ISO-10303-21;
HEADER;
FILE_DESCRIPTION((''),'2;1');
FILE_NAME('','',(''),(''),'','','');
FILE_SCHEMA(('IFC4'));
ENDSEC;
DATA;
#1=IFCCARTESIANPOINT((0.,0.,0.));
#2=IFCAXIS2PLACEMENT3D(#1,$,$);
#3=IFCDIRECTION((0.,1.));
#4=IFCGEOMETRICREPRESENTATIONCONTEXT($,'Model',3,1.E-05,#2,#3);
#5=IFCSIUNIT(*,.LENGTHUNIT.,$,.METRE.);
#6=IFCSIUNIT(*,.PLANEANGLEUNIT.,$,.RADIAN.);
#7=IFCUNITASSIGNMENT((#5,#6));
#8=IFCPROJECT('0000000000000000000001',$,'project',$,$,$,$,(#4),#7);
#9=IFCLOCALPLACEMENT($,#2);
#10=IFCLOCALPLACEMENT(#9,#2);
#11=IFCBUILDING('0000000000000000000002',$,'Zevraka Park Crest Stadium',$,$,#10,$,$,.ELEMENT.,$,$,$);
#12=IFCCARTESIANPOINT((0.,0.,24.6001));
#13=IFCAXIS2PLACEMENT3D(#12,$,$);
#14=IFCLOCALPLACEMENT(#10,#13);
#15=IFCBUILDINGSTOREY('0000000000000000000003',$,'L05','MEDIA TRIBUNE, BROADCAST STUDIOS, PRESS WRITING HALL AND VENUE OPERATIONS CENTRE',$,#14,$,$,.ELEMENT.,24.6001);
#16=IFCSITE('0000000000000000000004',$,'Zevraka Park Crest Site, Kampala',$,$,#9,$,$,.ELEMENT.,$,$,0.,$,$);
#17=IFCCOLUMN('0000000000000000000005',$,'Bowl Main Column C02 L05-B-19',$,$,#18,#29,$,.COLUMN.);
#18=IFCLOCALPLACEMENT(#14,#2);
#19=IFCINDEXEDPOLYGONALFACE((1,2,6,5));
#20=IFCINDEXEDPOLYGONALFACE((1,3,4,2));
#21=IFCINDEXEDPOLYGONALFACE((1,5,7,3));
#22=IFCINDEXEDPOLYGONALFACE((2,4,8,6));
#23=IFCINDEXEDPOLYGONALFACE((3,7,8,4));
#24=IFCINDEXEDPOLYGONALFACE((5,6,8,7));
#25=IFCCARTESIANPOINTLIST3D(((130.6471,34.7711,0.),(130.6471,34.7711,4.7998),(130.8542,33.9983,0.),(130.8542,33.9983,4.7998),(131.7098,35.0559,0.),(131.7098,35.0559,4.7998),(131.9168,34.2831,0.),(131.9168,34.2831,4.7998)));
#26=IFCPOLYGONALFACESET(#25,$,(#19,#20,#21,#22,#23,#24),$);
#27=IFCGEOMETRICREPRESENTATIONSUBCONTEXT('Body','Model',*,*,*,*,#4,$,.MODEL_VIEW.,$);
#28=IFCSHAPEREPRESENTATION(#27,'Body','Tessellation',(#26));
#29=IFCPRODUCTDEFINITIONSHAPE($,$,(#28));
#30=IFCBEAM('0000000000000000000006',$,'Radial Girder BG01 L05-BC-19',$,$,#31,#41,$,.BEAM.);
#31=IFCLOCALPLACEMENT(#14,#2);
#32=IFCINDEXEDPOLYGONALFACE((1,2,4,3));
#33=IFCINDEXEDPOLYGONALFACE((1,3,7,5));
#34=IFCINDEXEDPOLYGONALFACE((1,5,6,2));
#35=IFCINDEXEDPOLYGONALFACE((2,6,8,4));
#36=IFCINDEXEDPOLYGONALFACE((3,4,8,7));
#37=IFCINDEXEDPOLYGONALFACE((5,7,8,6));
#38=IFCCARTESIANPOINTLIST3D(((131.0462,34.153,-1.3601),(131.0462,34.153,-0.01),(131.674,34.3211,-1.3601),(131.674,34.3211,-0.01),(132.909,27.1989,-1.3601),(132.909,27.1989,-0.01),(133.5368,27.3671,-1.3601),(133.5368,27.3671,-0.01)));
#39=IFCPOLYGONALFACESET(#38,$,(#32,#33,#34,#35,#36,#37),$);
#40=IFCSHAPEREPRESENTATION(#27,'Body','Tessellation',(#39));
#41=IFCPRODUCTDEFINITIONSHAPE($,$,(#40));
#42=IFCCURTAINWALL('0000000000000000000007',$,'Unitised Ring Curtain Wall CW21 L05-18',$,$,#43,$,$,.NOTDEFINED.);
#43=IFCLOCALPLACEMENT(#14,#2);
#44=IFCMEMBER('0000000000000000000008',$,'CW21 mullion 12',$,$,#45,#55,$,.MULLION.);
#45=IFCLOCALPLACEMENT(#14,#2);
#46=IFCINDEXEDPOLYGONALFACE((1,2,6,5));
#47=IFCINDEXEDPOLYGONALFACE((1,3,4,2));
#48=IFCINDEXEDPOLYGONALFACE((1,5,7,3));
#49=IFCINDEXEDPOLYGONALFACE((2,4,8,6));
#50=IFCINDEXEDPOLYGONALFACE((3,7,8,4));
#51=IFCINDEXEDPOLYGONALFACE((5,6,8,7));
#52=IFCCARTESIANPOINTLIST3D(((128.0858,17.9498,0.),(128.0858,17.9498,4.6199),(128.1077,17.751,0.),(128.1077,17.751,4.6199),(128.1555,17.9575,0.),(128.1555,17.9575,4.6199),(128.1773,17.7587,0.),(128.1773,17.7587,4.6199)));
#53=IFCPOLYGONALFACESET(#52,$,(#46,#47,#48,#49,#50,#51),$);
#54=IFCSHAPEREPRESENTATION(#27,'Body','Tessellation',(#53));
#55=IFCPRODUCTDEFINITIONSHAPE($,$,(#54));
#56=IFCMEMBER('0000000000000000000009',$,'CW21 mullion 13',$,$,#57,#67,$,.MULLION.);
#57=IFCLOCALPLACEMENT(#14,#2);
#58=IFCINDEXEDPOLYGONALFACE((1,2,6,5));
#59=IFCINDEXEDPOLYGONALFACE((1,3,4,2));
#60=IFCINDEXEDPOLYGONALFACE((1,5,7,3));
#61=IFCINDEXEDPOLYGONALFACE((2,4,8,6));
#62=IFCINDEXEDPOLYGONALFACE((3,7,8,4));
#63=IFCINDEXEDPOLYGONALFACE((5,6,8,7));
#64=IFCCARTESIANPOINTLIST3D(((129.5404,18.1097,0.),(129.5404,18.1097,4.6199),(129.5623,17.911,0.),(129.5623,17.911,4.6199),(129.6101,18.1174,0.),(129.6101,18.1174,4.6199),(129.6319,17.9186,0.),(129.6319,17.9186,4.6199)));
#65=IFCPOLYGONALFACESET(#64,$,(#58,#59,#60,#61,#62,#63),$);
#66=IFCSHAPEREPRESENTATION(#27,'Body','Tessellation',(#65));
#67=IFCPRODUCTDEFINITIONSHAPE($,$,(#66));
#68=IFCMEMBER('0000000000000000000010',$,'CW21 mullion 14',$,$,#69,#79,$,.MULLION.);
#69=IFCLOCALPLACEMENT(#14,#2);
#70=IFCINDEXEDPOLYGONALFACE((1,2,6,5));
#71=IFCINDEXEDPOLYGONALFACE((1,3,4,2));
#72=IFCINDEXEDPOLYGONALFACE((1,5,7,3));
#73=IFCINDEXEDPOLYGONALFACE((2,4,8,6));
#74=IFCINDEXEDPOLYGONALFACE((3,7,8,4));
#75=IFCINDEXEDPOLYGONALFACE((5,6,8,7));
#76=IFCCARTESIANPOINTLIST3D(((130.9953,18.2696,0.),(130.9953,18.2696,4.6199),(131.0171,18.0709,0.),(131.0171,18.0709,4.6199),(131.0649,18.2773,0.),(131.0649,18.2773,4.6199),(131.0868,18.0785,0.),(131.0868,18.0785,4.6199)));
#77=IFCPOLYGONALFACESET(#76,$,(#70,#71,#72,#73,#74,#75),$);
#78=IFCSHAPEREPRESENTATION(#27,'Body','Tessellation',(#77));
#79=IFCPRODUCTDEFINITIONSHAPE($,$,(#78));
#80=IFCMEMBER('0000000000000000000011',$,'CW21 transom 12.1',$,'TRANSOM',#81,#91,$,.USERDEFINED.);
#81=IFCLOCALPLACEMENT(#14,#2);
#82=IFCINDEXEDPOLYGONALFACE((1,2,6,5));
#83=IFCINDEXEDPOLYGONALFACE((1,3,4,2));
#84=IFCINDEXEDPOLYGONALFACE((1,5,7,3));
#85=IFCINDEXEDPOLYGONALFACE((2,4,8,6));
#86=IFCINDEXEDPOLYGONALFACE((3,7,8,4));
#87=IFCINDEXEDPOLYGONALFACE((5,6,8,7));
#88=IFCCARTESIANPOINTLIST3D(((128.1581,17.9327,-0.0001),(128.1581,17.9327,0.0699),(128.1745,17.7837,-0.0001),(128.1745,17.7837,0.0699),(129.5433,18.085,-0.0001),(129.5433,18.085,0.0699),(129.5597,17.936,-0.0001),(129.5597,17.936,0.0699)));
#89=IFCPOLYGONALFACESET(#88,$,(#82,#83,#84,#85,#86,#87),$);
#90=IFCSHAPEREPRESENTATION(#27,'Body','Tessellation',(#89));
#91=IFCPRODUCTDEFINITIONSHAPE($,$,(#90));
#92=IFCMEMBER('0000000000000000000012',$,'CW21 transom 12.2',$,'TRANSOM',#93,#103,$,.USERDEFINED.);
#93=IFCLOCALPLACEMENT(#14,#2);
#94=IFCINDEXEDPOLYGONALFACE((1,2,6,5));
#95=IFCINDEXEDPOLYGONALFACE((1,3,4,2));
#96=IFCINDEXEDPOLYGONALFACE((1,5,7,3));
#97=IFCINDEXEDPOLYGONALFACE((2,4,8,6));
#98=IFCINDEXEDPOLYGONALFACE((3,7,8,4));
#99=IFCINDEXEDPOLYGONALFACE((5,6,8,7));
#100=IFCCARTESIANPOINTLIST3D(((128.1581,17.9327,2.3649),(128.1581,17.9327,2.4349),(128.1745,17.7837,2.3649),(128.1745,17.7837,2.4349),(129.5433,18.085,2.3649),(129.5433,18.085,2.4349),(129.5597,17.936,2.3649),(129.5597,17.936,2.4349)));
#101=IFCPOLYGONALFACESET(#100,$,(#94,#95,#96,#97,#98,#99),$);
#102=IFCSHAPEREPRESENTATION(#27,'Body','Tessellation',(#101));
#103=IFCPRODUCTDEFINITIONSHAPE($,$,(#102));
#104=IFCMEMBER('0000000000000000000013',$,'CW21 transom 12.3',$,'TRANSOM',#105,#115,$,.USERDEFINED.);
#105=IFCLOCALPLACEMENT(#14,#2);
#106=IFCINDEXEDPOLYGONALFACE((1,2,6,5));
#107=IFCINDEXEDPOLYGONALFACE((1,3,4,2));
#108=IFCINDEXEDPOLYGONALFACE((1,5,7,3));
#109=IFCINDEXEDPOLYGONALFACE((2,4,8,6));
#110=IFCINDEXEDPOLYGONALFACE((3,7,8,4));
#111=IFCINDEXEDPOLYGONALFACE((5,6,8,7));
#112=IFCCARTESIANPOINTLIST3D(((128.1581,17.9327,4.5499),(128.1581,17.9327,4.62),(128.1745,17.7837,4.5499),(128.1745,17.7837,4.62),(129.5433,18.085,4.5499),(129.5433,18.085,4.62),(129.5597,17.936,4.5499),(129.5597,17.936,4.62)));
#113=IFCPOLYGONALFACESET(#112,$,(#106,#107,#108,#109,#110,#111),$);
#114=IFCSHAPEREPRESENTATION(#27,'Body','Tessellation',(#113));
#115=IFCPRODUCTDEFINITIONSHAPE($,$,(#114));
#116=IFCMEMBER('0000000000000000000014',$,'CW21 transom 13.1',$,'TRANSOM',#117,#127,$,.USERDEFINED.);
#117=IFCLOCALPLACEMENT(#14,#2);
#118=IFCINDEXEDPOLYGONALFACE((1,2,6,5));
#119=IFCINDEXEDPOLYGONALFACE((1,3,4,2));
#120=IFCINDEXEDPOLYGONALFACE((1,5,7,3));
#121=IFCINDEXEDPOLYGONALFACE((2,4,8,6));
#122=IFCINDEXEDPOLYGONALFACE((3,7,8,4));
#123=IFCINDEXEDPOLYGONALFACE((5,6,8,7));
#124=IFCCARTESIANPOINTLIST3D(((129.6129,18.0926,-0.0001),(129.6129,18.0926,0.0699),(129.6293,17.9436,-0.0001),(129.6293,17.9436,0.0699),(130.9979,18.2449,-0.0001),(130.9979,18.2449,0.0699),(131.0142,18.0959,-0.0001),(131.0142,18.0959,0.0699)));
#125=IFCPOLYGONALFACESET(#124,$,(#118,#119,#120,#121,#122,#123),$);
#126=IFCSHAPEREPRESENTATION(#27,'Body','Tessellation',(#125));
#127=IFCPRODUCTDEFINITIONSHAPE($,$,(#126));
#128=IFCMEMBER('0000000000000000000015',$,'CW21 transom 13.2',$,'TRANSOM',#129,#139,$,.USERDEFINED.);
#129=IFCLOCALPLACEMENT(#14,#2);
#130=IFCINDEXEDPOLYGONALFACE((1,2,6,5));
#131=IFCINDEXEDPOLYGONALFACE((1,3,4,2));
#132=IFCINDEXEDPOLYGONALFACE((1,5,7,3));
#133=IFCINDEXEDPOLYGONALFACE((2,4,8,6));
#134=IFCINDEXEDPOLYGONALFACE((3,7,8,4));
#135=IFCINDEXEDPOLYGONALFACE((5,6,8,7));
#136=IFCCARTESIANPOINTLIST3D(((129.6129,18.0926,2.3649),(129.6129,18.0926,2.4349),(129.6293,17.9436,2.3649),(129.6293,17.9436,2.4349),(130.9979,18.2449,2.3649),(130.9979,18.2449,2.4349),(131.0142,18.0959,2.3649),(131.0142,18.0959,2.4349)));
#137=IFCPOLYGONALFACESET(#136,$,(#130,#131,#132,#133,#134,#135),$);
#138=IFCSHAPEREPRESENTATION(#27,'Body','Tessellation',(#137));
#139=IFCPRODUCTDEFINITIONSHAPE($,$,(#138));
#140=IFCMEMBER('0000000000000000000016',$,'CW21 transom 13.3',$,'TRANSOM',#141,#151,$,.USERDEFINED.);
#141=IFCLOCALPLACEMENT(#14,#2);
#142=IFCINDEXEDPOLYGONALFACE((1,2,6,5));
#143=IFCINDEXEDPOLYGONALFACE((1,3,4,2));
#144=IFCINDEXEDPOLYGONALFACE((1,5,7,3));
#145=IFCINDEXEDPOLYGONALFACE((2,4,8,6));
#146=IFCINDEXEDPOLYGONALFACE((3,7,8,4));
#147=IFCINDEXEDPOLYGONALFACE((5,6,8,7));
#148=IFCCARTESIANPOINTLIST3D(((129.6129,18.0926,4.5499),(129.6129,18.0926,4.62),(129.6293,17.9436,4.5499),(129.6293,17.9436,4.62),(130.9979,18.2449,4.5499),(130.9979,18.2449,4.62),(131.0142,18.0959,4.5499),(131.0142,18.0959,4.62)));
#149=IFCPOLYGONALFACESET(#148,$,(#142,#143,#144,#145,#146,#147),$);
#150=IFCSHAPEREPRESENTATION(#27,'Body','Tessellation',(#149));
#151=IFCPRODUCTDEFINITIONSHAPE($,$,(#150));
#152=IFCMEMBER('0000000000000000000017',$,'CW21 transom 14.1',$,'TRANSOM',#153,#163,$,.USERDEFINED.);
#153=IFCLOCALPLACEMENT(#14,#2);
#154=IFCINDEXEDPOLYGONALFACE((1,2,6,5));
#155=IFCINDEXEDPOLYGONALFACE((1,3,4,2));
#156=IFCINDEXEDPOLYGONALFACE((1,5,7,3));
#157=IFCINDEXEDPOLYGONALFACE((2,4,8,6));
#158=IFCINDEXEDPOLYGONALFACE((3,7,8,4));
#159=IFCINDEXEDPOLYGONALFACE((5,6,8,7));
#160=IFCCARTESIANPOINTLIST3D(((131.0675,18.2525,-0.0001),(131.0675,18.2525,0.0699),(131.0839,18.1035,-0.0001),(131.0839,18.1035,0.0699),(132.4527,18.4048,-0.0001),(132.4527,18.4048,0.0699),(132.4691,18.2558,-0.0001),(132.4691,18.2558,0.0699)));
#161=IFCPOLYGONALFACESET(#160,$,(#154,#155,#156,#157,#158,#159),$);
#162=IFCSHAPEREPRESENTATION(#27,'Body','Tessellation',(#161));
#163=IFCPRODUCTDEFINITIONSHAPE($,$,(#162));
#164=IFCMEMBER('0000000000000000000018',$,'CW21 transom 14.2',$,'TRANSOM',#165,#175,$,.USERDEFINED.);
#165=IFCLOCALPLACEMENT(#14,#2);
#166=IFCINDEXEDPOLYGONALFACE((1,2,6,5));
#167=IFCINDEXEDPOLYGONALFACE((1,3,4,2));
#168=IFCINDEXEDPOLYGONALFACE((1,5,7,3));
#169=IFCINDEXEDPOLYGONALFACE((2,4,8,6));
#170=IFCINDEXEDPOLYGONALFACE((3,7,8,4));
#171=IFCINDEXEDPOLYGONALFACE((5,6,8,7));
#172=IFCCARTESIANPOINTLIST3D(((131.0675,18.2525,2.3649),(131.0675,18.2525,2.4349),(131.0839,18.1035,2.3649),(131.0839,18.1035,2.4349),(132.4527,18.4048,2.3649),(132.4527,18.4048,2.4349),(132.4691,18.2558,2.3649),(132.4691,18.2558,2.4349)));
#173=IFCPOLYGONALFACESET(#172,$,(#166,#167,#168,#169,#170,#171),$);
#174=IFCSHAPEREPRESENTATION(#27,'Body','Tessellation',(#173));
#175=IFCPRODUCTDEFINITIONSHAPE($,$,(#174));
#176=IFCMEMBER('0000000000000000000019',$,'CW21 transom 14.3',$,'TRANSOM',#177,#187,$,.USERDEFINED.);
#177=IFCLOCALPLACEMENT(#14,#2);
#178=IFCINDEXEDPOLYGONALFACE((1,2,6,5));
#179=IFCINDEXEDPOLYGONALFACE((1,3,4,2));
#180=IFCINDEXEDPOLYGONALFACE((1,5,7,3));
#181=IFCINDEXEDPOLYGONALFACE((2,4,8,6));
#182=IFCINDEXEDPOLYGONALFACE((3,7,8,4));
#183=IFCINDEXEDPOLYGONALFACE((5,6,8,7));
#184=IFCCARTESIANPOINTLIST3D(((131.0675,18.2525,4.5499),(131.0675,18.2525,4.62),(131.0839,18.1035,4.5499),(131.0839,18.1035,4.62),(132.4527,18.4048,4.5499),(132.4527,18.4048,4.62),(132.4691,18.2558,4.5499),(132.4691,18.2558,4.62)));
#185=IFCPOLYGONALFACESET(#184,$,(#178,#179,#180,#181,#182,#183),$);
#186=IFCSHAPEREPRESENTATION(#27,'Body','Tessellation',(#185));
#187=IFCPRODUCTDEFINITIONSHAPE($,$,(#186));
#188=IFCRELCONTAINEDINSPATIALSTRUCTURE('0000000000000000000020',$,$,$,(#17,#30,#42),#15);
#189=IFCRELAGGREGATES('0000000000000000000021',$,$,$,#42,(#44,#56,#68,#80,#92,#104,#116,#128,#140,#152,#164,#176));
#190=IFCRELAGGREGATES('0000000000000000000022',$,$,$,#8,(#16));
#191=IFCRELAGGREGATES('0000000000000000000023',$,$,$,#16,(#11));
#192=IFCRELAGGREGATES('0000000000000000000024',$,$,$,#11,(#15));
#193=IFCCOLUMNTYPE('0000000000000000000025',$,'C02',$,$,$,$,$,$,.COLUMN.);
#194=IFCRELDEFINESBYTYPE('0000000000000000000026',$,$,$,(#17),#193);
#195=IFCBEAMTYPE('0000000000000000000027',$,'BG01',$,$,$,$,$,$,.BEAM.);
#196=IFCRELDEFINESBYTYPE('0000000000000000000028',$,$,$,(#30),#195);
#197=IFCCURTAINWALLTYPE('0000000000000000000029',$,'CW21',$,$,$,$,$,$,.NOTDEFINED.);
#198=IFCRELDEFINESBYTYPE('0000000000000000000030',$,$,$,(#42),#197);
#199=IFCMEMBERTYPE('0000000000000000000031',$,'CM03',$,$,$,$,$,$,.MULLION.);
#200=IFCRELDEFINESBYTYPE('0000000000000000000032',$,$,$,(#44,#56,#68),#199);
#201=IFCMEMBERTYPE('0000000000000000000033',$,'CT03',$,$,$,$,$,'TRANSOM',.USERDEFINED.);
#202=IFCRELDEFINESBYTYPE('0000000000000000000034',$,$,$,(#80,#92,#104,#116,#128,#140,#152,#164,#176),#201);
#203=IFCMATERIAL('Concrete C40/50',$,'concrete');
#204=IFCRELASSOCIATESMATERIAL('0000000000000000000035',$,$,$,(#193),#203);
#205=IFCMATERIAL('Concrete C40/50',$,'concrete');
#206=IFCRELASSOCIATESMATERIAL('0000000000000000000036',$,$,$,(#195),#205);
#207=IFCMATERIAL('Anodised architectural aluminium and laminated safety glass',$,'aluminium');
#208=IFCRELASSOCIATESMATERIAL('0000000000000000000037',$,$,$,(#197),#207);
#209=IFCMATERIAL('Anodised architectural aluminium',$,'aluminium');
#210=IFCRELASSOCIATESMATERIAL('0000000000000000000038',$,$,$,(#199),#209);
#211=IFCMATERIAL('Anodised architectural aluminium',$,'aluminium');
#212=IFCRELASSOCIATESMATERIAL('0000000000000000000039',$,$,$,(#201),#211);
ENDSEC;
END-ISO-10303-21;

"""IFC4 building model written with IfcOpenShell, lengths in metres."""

from ifc_helpers import new_model, si_unit, direction, frame, origin, origin_2d, place, context, subcontext, project, spatial, rectangle, extrude, material, material_profile, profile_set, type_object, element, aggregate, save


model = new_model("IFC4")

# Units and contexts
model_context = context("Model", 3, precision=1e-05, world=origin(), true_north=direction((0.0, 1.0)))
body_context = subcontext(model_context, "Body", "Model", "MODEL_VIEW")
ifc_project = project(units=[si_unit("LENGTHUNIT", "METRE"), si_unit("PLANEANGLEUNIT", "RADIAN")], contexts=[model_context])

# Site, building, storey
site_placement = place(None, origin())
site = spatial("IfcSite", under=ifc_project, at=site_placement, Name="Zevraka Park Crest Site, Kampala", CompositionType="ELEMENT", RefElevation=0.0)
building_placement = place(site_placement, origin())
building = spatial("IfcBuilding", under=site, at=building_placement, Name="Zevraka Park Crest Stadium", CompositionType="ELEMENT")
storey_placement = place(building_placement, frame((0.0, 0.0, 24.6001)))
storey = spatial("IfcBuildingStorey", under=building, at=storey_placement, Name="L05", Description="MEDIA TRIBUNE, BROADCAST STUDIOS, PRESS WRITING HALL AND VENUE OPERATIONS CENTRE", CompositionType="ELEMENT", Elevation=24.6001)

# Column
ifc_material_1 = material(Name="Concrete C40/50", Category="concrete")
ifc_material_profile_1 = material_profile(ifc_material_1, rectangle(XDim=0.8, YDim=1.1001, at=origin_2d()), Name="RC 1100x800")
ifc_profile_set_1 = profile_set([ifc_material_profile_1], Name="Concrete C40/50")
column_type = type_object("IfcColumnType", Name="C02", PredefinedType="COLUMN", material=ifc_profile_set_1)
column_placement = place(storey_placement, frame((131.282, 34.5271, 0.0), z_axis=(0.0, 0.0, 1.0), x_axis=(-0.258819, 0.965926, 0.0)))
element("IfcColumn", 1, at=column_placement, inside=storey, type_object=column_type, Name="Bowl Main Column C02 L05-B-19", PredefinedType="COLUMN", context=body_context, shape_type="SweptSolid", body=[
    extrude(rectangle(XDim=0.8, YDim=1.1001, at=origin_2d()), origin(), (0.0, 0.0, 1.0), 4.7998),
])

# Beam
ifc_material_2 = material(Name="Concrete C40/50", Category="concrete")
ifc_material_profile_2 = material_profile(ifc_material_2, rectangle(XDim=0.6499, YDim=1.3501, at=origin_2d()), Name="RC 1350x650")
ifc_profile_set_2 = profile_set([ifc_material_profile_2], Name="Concrete C40/50")
beam_type_1 = type_object("IfcBeamType", Name="BG01", PredefinedType="BEAM", material=ifc_profile_set_2)
beam_1_placement = place(storey_placement, frame((131.3601, 34.2371, -0.6851), z_axis=(0.258747, -0.965945, 0.0), x_axis=(0.965945, 0.258747, 0.0)))
element("IfcBeam", 2, at=beam_1_placement, inside=storey, type_object=beam_type_1, Name="Radial Girder BG01 L05-BC-19", PredefinedType="BEAM", context=body_context, shape_type="SweptSolid", body=[
    extrude(rectangle(XDim=0.6499, YDim=1.3501, at=origin_2d()), origin(), (0.0, 0.0, 1.0), 7.1992),
])

# Curtain wall, members
ifc_material_3 = material(Name="Anodised architectural aluminium and laminated safety glass", Category="aluminium")
curtain_wall_type = type_object("IfcCurtainWallType", Name="CW21", PredefinedType="NOTDEFINED", material=ifc_material_3)
curtain_wall_placement = place(storey_placement, origin())
curtain_wall = element("IfcCurtainWall", 3, at=curtain_wall_placement, inside=storey, type_object=curtain_wall_type, Name="Unitised Ring Curtain Wall CW21 L05-18", PredefinedType="NOTDEFINED")
ifc_material_4 = material(Name="Anodised architectural aluminium", Category="aluminium")
ifc_material_profile_3 = material_profile(ifc_material_4, rectangle(XDim=0.2, YDim=0.0701, at=origin_2d()), Name="ALU MULLION 200x70")
ifc_profile_set_3 = profile_set([ifc_material_profile_3], Name="Anodised architectural aluminium")
member_type_1 = type_object("IfcMemberType", Name="CM03", PredefinedType="MULLION", material=ifc_profile_set_3)
member_1_placement = place(storey_placement, frame((128.1316, 17.8542, 0.0), z_axis=(0.0, 0.0, 1.0), x_axis=(-0.109288, 0.99401, 0.0)))
member_1 = element("IfcMember", 4, at=member_1_placement, type_object=member_type_1, Name="CW21 mullion 12", PredefinedType="MULLION", context=body_context, shape_type="SweptSolid", body=[
    extrude(rectangle(XDim=0.2, YDim=0.0701, at=origin_2d()), origin(), (0.0, 0.0, 1.0), 4.6199),
])
member_2_placement = place(storey_placement, frame((129.5862, 18.0142, 0.0), z_axis=(0.0, 0.0, 1.0), x_axis=(-0.109288, 0.99401, 0.0)))
member_2 = element("IfcMember", 5, at=member_2_placement, type_object=member_type_1, Name="CW21 mullion 13", PredefinedType="MULLION", context=body_context, shape_type="SweptSolid", body=[
    extrude(rectangle(XDim=0.2, YDim=0.0701, at=origin_2d()), origin(), (0.0, 0.0, 1.0), 4.6199),
])
member_3_placement = place(storey_placement, frame((131.041, 18.1741, 0.0), z_axis=(0.0, 0.0, 1.0), x_axis=(-0.109288, 0.99401, 0.0)))
member_3 = element("IfcMember", 6, at=member_3_placement, type_object=member_type_1, Name="CW21 mullion 14", PredefinedType="MULLION", context=body_context, shape_type="SweptSolid", body=[
    extrude(rectangle(XDim=0.2, YDim=0.0701, at=origin_2d()), origin(), (0.0, 0.0, 1.0), 4.6199),
])
ifc_material_5 = material(Name="Anodised architectural aluminium", Category="aluminium")
ifc_material_profile_4 = material_profile(ifc_material_5, rectangle(XDim=0.1499, YDim=0.0701, at=origin_2d()), Name="ALU TRANSOM 150x70")
ifc_profile_set_4 = profile_set([ifc_material_profile_4], Name="Anodised architectural aluminium")
member_type_2 = type_object("IfcMemberType", Name="CT03", ElementType="TRANSOM", PredefinedType="USERDEFINED", material=ifc_profile_set_4)
member_4_placement = place(storey_placement, frame((128.1663, 17.8582, 0.0349), z_axis=(0.994007, 0.109316, 0.0), x_axis=(-0.109316, 0.994007, 0.0)))
member_4 = element("IfcMember", 7, at=member_4_placement, type_object=member_type_2, Name="CW21 transom 12.1", ObjectType="TRANSOM", PredefinedType="USERDEFINED", context=body_context, shape_type="SweptSolid", body=[
    extrude(rectangle(XDim=0.1499, YDim=0.0701, at=origin_2d()), origin(), (0.0, 0.0, 1.0), 1.3936),
])
member_5_placement = place(storey_placement, frame((128.1663, 17.8582, 2.3999), z_axis=(0.994007, 0.109316, 0.0), x_axis=(-0.109316, 0.994007, 0.0)))
member_5 = element("IfcMember", 8, at=member_5_placement, type_object=member_type_2, Name="CW21 transom 12.2", ObjectType="TRANSOM", PredefinedType="USERDEFINED", context=body_context, shape_type="SweptSolid", body=[
    extrude(rectangle(XDim=0.1499, YDim=0.0701, at=origin_2d()), origin(), (0.0, 0.0, 1.0), 1.3936),
])
member_6_placement = place(storey_placement, frame((128.1663, 17.8582, 4.585), z_axis=(0.994007, 0.109316, 0.0), x_axis=(-0.109316, 0.994007, 0.0)))
member_6 = element("IfcMember", 9, at=member_6_placement, type_object=member_type_2, Name="CW21 transom 12.3", ObjectType="TRANSOM", PredefinedType="USERDEFINED", context=body_context, shape_type="SweptSolid", body=[
    extrude(rectangle(XDim=0.1499, YDim=0.0701, at=origin_2d()), origin(), (0.0, 0.0, 1.0), 1.3936),
])
member_7_placement = place(storey_placement, frame((129.6211, 18.0181, 0.0349), z_axis=(0.994005, 0.109335, 0.0), x_axis=(-0.109335, 0.994005, 0.0)))
member_7 = element("IfcMember", 10, at=member_7_placement, type_object=member_type_2, Name="CW21 transom 13.1", ObjectType="TRANSOM", PredefinedType="USERDEFINED", context=body_context, shape_type="SweptSolid", body=[
    extrude(rectangle(XDim=0.1499, YDim=0.0701, at=origin_2d()), origin(), (0.0, 0.0, 1.0), 1.3933),
])
member_8_placement = place(storey_placement, frame((129.6211, 18.0181, 2.3999), z_axis=(0.994005, 0.109335, 0.0), x_axis=(-0.109335, 0.994005, 0.0)))
member_8 = element("IfcMember", 11, at=member_8_placement, type_object=member_type_2, Name="CW21 transom 13.2", ObjectType="TRANSOM", PredefinedType="USERDEFINED", context=body_context, shape_type="SweptSolid", body=[
    extrude(rectangle(XDim=0.1499, YDim=0.0701, at=origin_2d()), origin(), (0.0, 0.0, 1.0), 1.3933),
])
member_9_placement = place(storey_placement, frame((129.6211, 18.0181, 4.585), z_axis=(0.994005, 0.109335, 0.0), x_axis=(-0.109335, 0.994005, 0.0)))
member_9 = element("IfcMember", 12, at=member_9_placement, type_object=member_type_2, Name="CW21 transom 13.3", ObjectType="TRANSOM", PredefinedType="USERDEFINED", context=body_context, shape_type="SweptSolid", body=[
    extrude(rectangle(XDim=0.1499, YDim=0.0701, at=origin_2d()), origin(), (0.0, 0.0, 1.0), 1.3933),
])
member_10_placement = place(storey_placement, frame((131.0757, 18.178, 0.0349), z_axis=(0.994007, 0.109316, 0.0), x_axis=(-0.109316, 0.994007, 0.0)))
member_10 = element("IfcMember", 13, at=member_10_placement, type_object=member_type_2, Name="CW21 transom 14.1", ObjectType="TRANSOM", PredefinedType="USERDEFINED", context=body_context, shape_type="SweptSolid", body=[
    extrude(rectangle(XDim=0.1499, YDim=0.0701, at=origin_2d()), origin(), (0.0, 0.0, 1.0), 1.3936),
])
member_11_placement = place(storey_placement, frame((131.0757, 18.178, 2.3999), z_axis=(0.994007, 0.109316, 0.0), x_axis=(-0.109316, 0.994007, 0.0)))
member_11 = element("IfcMember", 14, at=member_11_placement, type_object=member_type_2, Name="CW21 transom 14.2", ObjectType="TRANSOM", PredefinedType="USERDEFINED", context=body_context, shape_type="SweptSolid", body=[
    extrude(rectangle(XDim=0.1499, YDim=0.0701, at=origin_2d()), origin(), (0.0, 0.0, 1.0), 1.3936),
])
member_12_placement = place(storey_placement, frame((131.0757, 18.178, 4.585), z_axis=(0.994007, 0.109316, 0.0), x_axis=(-0.109316, 0.994007, 0.0)))
member_12 = element("IfcMember", 15, at=member_12_placement, type_object=member_type_2, Name="CW21 transom 14.3", ObjectType="TRANSOM", PredefinedType="USERDEFINED", context=body_context, shape_type="SweptSolid", body=[
    extrude(rectangle(XDim=0.1499, YDim=0.0701, at=origin_2d()), origin(), (0.0, 0.0, 1.0), 1.3936),
])

aggregate(curtain_wall, [member_1, member_2, member_3, member_4, member_5, member_6, member_7, member_8, member_9, member_10, member_11, member_12])

save(model, "model.ifc")
